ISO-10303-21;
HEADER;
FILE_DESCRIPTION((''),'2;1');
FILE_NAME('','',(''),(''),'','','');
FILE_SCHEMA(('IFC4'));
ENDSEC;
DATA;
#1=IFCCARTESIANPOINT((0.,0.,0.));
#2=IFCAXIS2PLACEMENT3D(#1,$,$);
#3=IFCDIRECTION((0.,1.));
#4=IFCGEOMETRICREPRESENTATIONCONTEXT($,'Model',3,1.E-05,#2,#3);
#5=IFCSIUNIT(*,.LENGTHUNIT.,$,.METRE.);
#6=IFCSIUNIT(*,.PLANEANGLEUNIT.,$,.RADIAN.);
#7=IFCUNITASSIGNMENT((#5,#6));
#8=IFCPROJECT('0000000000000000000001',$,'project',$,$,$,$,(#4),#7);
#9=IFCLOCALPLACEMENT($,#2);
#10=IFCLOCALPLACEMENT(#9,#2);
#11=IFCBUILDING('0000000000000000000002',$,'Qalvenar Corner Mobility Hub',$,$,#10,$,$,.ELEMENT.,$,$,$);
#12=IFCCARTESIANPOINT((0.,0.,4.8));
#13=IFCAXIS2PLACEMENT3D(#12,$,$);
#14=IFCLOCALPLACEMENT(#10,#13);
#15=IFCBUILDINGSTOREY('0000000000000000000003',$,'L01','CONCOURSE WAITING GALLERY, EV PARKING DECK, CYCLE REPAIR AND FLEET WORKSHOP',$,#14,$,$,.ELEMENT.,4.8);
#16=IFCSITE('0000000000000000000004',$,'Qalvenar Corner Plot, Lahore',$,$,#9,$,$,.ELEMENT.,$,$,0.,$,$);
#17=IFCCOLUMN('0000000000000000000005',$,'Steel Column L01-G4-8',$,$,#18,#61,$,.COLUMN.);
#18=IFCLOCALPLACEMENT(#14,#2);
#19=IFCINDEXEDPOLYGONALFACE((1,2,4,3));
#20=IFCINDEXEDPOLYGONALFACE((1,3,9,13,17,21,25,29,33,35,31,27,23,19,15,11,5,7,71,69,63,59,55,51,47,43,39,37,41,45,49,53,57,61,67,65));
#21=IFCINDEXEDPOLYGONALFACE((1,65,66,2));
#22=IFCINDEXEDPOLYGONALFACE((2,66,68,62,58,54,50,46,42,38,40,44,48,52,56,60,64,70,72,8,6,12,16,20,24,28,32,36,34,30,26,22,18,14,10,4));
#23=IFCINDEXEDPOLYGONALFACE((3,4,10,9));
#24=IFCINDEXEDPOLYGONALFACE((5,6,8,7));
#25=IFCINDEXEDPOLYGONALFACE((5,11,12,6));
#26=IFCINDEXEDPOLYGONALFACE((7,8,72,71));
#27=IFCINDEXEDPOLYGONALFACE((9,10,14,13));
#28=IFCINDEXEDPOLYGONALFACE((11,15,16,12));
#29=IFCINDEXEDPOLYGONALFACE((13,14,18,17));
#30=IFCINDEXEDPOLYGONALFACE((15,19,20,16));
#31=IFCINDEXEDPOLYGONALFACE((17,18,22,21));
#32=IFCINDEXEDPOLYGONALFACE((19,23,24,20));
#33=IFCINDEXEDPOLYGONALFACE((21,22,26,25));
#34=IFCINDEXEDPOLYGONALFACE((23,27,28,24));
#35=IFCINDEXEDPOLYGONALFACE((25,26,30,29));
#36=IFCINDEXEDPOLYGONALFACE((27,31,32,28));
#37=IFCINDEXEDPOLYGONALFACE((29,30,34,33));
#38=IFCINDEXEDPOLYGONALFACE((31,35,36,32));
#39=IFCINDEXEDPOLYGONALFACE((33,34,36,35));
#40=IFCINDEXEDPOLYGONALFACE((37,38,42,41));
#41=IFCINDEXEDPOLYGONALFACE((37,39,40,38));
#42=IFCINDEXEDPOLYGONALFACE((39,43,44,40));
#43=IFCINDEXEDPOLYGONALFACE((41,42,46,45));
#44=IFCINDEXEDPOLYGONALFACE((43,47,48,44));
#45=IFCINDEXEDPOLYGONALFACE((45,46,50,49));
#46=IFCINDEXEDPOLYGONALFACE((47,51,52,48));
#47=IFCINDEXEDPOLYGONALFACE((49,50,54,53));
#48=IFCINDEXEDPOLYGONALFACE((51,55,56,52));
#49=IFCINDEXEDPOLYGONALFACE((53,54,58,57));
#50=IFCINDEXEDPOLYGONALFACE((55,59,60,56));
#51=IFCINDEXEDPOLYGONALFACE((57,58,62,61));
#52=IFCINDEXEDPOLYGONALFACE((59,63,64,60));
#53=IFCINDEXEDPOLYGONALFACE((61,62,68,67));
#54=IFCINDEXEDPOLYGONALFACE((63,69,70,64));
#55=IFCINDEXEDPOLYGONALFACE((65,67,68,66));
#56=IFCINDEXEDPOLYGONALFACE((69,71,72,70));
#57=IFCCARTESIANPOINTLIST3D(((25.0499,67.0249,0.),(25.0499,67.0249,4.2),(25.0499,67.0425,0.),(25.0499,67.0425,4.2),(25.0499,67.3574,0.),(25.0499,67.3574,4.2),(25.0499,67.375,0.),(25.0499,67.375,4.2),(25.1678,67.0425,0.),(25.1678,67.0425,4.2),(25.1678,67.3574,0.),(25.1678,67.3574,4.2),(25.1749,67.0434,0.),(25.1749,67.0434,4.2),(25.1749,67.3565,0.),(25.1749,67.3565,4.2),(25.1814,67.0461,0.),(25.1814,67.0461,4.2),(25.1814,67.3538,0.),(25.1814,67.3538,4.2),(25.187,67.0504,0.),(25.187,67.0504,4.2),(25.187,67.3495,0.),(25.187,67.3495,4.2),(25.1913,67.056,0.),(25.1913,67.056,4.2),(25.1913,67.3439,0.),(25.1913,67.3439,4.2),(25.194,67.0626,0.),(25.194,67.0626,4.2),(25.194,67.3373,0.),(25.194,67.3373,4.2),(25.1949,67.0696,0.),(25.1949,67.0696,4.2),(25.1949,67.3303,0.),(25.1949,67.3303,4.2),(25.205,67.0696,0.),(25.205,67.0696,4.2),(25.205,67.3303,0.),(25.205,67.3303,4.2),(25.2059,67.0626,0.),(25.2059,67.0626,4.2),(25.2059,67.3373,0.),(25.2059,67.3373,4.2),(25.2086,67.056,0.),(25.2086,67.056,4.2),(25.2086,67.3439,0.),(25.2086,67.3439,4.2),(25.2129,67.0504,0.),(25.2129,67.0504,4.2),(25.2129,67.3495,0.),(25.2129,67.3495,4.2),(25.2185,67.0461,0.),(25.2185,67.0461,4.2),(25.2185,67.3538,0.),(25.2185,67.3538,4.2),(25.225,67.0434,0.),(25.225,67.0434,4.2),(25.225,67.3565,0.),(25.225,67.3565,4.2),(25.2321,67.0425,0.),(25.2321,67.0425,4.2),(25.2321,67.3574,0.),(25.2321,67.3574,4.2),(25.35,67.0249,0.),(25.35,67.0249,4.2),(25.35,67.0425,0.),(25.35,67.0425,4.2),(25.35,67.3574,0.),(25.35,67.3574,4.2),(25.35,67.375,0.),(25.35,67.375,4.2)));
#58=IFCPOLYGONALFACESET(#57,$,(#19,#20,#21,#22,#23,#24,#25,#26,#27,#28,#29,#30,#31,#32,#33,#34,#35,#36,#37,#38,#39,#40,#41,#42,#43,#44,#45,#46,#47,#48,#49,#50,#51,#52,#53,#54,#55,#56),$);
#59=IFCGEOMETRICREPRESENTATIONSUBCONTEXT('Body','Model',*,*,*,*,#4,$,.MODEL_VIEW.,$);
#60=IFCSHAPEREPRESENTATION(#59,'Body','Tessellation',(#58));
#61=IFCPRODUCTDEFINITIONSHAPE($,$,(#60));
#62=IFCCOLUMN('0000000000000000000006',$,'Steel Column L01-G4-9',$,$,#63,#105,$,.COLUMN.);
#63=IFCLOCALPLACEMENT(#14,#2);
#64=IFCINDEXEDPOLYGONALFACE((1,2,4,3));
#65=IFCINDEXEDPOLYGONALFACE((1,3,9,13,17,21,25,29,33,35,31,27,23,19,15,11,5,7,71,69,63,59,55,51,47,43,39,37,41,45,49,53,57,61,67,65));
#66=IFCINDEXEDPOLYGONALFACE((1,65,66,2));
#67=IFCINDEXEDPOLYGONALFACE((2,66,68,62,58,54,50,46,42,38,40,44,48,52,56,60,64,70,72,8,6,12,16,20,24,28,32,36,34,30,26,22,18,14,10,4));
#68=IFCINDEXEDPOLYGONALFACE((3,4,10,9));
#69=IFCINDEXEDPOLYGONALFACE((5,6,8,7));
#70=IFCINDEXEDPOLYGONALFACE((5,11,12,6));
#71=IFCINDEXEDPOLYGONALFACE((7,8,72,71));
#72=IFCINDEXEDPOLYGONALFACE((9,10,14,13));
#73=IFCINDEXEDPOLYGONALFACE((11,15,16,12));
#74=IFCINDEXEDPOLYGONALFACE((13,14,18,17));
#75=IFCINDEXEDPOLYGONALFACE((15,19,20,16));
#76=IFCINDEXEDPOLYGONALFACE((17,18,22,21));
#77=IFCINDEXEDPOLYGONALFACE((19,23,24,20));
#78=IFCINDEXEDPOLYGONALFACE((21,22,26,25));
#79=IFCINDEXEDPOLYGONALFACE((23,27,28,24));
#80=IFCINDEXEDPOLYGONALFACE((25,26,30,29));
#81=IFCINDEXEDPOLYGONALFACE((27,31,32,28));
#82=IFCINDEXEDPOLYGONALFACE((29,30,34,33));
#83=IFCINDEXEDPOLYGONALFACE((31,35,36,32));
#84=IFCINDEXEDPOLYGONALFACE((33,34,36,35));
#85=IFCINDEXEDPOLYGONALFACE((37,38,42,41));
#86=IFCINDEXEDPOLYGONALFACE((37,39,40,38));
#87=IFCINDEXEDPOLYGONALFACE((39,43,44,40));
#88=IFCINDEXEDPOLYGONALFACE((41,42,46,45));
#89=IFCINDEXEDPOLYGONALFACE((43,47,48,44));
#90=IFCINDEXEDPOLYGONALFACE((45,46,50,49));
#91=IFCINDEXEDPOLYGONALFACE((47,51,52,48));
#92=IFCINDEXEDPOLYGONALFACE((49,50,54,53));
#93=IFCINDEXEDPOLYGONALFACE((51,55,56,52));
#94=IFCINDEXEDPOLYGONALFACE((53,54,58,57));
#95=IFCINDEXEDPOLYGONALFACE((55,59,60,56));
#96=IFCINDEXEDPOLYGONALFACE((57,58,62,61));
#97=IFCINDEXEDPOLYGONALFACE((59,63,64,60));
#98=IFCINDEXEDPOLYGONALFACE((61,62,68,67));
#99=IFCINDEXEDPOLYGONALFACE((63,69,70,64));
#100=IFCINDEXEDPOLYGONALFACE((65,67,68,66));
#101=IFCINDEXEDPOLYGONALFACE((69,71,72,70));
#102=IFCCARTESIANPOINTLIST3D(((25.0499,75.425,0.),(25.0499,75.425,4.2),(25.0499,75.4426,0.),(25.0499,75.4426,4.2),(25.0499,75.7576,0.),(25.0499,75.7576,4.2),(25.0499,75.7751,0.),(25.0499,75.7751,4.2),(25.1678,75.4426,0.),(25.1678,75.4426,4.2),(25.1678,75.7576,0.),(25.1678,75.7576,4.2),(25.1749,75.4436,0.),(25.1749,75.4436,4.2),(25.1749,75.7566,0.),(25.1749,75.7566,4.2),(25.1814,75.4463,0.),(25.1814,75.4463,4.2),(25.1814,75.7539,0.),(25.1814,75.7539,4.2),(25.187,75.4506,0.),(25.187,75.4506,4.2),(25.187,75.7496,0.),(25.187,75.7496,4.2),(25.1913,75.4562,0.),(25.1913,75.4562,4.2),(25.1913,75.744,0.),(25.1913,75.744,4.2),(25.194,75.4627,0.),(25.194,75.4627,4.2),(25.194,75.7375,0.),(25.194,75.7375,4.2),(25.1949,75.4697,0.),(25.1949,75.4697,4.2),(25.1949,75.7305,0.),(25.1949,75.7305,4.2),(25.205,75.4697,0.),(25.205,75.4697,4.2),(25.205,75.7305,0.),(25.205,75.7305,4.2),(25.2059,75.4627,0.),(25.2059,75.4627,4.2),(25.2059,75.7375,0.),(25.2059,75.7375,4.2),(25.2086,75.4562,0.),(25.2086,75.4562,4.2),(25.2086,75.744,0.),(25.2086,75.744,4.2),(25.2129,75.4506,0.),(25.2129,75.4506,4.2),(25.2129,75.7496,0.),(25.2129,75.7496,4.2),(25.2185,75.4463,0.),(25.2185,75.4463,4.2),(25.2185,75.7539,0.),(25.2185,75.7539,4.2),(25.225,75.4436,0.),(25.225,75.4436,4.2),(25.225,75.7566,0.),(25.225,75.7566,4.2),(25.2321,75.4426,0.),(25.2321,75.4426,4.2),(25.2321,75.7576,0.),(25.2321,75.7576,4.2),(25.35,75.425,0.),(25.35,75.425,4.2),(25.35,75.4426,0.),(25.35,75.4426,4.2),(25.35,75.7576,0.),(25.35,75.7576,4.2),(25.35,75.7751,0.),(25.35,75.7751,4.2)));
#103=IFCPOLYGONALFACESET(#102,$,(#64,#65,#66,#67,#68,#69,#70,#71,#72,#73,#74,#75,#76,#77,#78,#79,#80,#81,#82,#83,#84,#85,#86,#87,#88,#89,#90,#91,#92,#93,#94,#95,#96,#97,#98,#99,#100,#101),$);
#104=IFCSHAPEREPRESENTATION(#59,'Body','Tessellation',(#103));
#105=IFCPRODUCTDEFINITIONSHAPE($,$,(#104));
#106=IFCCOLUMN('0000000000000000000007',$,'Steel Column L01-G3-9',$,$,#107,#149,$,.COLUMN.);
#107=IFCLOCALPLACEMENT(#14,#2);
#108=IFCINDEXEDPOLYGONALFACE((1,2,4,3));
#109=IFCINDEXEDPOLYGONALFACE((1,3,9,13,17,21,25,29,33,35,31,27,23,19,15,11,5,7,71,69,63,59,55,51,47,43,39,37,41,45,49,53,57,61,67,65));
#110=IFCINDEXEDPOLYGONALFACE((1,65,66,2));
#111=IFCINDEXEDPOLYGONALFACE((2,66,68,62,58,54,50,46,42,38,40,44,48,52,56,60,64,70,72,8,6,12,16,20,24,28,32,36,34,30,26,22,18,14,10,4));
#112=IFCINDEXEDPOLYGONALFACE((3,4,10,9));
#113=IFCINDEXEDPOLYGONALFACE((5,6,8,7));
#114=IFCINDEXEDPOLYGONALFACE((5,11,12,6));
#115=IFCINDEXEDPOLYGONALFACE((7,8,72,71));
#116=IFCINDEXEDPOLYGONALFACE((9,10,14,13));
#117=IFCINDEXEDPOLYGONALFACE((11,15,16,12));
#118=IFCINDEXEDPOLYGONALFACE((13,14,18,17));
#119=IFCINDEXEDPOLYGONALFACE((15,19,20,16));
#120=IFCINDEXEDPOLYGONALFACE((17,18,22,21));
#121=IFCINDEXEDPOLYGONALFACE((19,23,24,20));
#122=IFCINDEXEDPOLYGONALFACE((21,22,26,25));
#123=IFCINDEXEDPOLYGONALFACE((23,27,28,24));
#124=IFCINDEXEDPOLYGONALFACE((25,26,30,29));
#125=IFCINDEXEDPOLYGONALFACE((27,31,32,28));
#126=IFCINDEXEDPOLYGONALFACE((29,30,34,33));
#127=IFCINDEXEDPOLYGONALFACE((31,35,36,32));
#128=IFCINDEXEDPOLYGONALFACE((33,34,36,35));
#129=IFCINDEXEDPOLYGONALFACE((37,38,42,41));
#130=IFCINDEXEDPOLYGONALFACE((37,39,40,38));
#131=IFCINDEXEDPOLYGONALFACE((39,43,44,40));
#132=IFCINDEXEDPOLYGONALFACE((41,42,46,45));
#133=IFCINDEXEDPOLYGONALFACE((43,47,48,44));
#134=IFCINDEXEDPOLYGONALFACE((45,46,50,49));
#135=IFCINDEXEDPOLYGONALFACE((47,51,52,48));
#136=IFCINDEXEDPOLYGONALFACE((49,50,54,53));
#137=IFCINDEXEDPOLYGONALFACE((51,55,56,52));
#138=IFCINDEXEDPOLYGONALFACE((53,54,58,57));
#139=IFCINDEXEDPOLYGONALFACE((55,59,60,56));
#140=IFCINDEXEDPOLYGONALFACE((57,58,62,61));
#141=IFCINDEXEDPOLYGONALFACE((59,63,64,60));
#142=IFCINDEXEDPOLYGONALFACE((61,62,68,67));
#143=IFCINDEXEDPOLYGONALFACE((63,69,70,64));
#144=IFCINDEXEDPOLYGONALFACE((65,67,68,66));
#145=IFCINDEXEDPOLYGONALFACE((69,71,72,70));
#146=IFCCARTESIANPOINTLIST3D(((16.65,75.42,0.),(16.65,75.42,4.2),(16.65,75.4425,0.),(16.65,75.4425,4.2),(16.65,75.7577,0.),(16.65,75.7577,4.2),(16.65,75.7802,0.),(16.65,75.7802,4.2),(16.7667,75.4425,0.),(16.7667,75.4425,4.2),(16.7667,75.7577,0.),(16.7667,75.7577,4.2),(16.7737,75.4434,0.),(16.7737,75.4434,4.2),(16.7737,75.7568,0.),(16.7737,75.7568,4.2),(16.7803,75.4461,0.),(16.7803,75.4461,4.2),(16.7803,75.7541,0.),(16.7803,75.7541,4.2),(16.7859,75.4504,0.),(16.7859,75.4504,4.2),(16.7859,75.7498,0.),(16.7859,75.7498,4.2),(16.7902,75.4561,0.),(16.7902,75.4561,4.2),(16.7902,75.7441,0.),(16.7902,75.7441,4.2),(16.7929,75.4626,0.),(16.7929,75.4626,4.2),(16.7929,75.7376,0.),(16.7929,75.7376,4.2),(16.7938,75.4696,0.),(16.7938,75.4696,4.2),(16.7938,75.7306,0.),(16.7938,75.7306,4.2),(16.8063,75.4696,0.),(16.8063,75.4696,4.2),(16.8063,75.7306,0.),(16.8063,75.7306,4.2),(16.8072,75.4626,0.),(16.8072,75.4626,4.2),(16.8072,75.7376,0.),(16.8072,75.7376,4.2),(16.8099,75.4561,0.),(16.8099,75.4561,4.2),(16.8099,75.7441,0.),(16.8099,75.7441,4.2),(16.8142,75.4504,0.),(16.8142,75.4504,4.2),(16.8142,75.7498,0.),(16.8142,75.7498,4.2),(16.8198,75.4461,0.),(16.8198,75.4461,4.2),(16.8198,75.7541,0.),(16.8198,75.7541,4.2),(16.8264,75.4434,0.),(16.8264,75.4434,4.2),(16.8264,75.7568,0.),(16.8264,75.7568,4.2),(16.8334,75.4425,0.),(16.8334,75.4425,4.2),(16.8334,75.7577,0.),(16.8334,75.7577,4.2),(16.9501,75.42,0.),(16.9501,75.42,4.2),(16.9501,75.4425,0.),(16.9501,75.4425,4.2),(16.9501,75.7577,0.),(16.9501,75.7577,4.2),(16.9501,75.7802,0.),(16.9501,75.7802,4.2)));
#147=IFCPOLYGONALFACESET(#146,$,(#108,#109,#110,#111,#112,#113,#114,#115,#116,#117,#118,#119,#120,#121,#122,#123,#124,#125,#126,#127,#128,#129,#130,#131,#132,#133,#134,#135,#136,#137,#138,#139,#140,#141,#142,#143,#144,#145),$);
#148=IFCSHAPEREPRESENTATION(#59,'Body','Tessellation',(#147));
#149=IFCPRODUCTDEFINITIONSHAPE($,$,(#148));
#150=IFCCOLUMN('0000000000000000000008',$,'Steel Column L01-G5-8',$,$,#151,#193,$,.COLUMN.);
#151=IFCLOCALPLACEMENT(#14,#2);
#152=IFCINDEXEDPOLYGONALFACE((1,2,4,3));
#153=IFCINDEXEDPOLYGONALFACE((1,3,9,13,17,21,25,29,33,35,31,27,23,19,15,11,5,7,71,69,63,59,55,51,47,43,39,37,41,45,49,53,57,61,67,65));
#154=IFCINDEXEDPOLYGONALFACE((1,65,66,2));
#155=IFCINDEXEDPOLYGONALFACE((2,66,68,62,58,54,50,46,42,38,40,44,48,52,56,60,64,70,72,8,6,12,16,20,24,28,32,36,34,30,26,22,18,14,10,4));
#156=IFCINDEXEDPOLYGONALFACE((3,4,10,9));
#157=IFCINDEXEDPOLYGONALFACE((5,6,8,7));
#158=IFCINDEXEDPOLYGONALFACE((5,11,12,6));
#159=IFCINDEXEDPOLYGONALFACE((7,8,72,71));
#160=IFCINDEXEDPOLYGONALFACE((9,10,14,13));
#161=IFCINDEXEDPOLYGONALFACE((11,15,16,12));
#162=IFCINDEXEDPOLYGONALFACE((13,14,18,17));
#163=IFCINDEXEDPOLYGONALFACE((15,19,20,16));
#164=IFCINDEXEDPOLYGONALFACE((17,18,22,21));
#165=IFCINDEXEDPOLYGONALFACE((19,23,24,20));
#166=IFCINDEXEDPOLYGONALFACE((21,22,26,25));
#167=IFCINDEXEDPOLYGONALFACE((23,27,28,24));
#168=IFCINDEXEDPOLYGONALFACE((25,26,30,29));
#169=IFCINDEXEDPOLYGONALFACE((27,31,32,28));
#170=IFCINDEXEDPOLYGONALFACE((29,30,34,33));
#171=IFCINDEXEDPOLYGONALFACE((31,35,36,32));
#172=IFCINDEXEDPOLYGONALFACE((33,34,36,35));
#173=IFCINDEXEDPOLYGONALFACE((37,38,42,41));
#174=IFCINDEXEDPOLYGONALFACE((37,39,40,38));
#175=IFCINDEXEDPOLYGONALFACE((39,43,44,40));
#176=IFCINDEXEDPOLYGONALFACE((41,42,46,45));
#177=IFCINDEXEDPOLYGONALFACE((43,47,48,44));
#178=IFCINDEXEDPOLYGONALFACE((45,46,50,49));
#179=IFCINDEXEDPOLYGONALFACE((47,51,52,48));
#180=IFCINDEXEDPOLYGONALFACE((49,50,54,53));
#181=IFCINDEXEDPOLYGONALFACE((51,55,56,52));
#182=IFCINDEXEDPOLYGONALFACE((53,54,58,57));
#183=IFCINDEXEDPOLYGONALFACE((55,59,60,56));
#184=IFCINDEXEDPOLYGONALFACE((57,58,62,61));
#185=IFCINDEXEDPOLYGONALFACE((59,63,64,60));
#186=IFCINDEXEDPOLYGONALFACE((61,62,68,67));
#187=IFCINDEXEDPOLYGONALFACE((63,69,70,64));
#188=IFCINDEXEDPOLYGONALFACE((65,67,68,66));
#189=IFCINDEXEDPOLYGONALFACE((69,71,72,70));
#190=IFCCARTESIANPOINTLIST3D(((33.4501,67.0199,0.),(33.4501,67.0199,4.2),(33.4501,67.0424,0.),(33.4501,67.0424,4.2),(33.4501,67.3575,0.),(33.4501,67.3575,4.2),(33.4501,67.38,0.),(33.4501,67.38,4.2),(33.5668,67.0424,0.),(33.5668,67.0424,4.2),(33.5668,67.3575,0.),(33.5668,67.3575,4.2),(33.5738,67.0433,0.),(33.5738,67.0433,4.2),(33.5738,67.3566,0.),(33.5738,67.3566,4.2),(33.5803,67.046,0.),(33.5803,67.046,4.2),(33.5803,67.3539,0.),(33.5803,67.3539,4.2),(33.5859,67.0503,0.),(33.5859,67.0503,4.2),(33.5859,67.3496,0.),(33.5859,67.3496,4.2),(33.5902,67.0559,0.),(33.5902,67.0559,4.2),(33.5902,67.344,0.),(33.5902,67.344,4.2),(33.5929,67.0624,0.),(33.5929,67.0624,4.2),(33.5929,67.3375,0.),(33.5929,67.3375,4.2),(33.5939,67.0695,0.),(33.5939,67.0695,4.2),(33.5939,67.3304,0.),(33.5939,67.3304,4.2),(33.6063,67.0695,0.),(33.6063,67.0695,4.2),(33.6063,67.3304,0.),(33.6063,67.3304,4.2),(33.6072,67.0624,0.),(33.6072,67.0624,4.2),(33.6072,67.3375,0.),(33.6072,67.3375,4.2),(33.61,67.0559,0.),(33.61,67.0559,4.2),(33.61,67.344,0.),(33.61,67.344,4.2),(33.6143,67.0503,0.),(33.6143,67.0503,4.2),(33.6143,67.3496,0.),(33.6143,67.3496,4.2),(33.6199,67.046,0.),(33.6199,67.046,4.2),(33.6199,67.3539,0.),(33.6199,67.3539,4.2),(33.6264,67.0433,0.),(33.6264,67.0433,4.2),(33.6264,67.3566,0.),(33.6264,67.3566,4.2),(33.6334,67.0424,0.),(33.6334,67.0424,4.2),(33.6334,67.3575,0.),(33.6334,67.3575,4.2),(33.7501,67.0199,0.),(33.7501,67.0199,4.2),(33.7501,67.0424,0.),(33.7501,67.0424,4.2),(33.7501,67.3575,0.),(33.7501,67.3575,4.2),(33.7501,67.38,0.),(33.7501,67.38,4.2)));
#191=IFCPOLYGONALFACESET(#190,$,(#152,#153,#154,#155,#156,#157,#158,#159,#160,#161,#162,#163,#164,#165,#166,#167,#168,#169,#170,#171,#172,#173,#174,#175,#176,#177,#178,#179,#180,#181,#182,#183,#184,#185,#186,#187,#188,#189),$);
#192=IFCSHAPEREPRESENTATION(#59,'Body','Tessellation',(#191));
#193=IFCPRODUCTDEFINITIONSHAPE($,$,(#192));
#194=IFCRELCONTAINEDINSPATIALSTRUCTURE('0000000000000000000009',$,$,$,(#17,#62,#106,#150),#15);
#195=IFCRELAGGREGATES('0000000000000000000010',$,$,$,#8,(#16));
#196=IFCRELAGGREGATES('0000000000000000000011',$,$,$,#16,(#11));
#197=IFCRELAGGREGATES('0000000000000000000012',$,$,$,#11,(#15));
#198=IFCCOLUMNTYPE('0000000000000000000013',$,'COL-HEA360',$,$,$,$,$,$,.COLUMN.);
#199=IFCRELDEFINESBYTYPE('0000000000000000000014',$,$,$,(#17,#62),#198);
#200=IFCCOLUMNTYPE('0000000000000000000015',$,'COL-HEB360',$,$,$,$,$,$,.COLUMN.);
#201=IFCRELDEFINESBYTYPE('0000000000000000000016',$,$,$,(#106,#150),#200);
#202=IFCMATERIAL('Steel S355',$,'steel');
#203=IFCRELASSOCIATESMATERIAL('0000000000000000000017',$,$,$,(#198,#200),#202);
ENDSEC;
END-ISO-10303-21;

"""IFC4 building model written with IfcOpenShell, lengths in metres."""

from ifc_helpers import new_model, si_unit, direction, frame, origin, origin_2d, place, context, subcontext, project, spatial, i_section, extrude, material, material_profile, profile_set, type_object, element, save


model = new_model("IFC4")

# Units and contexts
model_context = context("Model", 3, precision=1e-05, world=origin(), true_north=direction((0.0, 1.0)))
body_context = subcontext(model_context, "Body", "Model", "MODEL_VIEW")
ifc_project = project(units=[si_unit("LENGTHUNIT", "METRE"), si_unit("PLANEANGLEUNIT", "RADIAN")], contexts=[model_context])

# Site, building, storey
site_placement = place(None, origin())
site = spatial("IfcSite", under=ifc_project, at=site_placement, Name="Qalvenar Corner Plot, Lahore", CompositionType="ELEMENT", RefElevation=0.0)
building_placement = place(site_placement, origin())
building = spatial("IfcBuilding", under=site, at=building_placement, Name="Qalvenar Corner Mobility Hub", CompositionType="ELEMENT")
storey_placement = place(building_placement, frame((0.0, 0.0, 4.8)))
storey = spatial("IfcBuildingStorey", under=building, at=storey_placement, Name="L01", Description="CONCOURSE WAITING GALLERY, EV PARKING DECK, CYCLE REPAIR AND FLEET WORKSHOP", CompositionType="ELEMENT", Elevation=4.8)

# Columns
ifc_material_1 = material(Name="Steel S355", Category="steel")
ifc_material_profile_1 = material_profile(ifc_material_1, i_section(OverallWidth=0.3, OverallDepth=0.3501, WebThickness=0.01, FlangeThickness=0.0176, FilletRadius=0.0271, at=origin_2d()), Name="HEA360")
ifc_profile_set_1 = profile_set([ifc_material_profile_1], Name="Steel S355")
column_type_1 = type_object("IfcColumnType", Name="COL-HEA360", PredefinedType="COLUMN", material=ifc_profile_set_1)
for number, where, z_axis, x_axis, name in (
    (1, (25.2, 67.2, 0.0), (0.0, 0.0, 1.0), (1.0, 0.0, 0.0), "Steel Column L01-G4-8"),
    (2, (25.2, 75.6001, 0.0), (0.0, 0.0, 1.0), (1.0, 0.0, 0.0), "Steel Column L01-G4-9"),
):
    element("IfcColumn", number, at=place(storey_placement, frame(where, z_axis=z_axis, x_axis=x_axis)), inside=storey, type_object=column_type_1, Name=name, PredefinedType="COLUMN", context=body_context, shape_type="SweptSolid", body=[
        extrude(i_section(OverallWidth=0.3, OverallDepth=0.3501, WebThickness=0.01, FlangeThickness=0.0176, FilletRadius=0.0271, at=origin_2d()), origin(), (0.0, 0.0, 1.0), 4.2),
    ])
ifc_material_profile_2 = material_profile(ifc_material_1, i_section(OverallWidth=0.3, OverallDepth=0.3601, WebThickness=0.0125, FlangeThickness=0.0225, FilletRadius=0.0271, at=origin_2d()), Name="HEB360")
ifc_profile_set_2 = profile_set([ifc_material_profile_2], Name="Steel S355")
column_type_2 = type_object("IfcColumnType", Name="COL-HEB360", PredefinedType="COLUMN", material=ifc_profile_set_2)
for number, where, z_axis, x_axis, name in (
    (3, (16.8, 75.6001, 0.0), (0.0, 0.0, 1.0), (1.0, 0.0, 0.0), "Steel Column L01-G3-9"),
    (4, (33.6001, 67.2, 0.0), (0.0, 0.0, 1.0), (1.0, 0.0, 0.0), "Steel Column L01-G5-8"),
):
    element("IfcColumn", number, at=place(storey_placement, frame(where, z_axis=z_axis, x_axis=x_axis)), inside=storey, type_object=column_type_2, Name=name, PredefinedType="COLUMN", context=body_context, shape_type="SweptSolid", body=[
        extrude(i_section(OverallWidth=0.3, OverallDepth=0.3601, WebThickness=0.0125, FlangeThickness=0.0225, FilletRadius=0.0271, at=origin_2d()), origin(), (0.0, 0.0, 1.0), 4.2),
    ])

save(model, "model.ifc")
